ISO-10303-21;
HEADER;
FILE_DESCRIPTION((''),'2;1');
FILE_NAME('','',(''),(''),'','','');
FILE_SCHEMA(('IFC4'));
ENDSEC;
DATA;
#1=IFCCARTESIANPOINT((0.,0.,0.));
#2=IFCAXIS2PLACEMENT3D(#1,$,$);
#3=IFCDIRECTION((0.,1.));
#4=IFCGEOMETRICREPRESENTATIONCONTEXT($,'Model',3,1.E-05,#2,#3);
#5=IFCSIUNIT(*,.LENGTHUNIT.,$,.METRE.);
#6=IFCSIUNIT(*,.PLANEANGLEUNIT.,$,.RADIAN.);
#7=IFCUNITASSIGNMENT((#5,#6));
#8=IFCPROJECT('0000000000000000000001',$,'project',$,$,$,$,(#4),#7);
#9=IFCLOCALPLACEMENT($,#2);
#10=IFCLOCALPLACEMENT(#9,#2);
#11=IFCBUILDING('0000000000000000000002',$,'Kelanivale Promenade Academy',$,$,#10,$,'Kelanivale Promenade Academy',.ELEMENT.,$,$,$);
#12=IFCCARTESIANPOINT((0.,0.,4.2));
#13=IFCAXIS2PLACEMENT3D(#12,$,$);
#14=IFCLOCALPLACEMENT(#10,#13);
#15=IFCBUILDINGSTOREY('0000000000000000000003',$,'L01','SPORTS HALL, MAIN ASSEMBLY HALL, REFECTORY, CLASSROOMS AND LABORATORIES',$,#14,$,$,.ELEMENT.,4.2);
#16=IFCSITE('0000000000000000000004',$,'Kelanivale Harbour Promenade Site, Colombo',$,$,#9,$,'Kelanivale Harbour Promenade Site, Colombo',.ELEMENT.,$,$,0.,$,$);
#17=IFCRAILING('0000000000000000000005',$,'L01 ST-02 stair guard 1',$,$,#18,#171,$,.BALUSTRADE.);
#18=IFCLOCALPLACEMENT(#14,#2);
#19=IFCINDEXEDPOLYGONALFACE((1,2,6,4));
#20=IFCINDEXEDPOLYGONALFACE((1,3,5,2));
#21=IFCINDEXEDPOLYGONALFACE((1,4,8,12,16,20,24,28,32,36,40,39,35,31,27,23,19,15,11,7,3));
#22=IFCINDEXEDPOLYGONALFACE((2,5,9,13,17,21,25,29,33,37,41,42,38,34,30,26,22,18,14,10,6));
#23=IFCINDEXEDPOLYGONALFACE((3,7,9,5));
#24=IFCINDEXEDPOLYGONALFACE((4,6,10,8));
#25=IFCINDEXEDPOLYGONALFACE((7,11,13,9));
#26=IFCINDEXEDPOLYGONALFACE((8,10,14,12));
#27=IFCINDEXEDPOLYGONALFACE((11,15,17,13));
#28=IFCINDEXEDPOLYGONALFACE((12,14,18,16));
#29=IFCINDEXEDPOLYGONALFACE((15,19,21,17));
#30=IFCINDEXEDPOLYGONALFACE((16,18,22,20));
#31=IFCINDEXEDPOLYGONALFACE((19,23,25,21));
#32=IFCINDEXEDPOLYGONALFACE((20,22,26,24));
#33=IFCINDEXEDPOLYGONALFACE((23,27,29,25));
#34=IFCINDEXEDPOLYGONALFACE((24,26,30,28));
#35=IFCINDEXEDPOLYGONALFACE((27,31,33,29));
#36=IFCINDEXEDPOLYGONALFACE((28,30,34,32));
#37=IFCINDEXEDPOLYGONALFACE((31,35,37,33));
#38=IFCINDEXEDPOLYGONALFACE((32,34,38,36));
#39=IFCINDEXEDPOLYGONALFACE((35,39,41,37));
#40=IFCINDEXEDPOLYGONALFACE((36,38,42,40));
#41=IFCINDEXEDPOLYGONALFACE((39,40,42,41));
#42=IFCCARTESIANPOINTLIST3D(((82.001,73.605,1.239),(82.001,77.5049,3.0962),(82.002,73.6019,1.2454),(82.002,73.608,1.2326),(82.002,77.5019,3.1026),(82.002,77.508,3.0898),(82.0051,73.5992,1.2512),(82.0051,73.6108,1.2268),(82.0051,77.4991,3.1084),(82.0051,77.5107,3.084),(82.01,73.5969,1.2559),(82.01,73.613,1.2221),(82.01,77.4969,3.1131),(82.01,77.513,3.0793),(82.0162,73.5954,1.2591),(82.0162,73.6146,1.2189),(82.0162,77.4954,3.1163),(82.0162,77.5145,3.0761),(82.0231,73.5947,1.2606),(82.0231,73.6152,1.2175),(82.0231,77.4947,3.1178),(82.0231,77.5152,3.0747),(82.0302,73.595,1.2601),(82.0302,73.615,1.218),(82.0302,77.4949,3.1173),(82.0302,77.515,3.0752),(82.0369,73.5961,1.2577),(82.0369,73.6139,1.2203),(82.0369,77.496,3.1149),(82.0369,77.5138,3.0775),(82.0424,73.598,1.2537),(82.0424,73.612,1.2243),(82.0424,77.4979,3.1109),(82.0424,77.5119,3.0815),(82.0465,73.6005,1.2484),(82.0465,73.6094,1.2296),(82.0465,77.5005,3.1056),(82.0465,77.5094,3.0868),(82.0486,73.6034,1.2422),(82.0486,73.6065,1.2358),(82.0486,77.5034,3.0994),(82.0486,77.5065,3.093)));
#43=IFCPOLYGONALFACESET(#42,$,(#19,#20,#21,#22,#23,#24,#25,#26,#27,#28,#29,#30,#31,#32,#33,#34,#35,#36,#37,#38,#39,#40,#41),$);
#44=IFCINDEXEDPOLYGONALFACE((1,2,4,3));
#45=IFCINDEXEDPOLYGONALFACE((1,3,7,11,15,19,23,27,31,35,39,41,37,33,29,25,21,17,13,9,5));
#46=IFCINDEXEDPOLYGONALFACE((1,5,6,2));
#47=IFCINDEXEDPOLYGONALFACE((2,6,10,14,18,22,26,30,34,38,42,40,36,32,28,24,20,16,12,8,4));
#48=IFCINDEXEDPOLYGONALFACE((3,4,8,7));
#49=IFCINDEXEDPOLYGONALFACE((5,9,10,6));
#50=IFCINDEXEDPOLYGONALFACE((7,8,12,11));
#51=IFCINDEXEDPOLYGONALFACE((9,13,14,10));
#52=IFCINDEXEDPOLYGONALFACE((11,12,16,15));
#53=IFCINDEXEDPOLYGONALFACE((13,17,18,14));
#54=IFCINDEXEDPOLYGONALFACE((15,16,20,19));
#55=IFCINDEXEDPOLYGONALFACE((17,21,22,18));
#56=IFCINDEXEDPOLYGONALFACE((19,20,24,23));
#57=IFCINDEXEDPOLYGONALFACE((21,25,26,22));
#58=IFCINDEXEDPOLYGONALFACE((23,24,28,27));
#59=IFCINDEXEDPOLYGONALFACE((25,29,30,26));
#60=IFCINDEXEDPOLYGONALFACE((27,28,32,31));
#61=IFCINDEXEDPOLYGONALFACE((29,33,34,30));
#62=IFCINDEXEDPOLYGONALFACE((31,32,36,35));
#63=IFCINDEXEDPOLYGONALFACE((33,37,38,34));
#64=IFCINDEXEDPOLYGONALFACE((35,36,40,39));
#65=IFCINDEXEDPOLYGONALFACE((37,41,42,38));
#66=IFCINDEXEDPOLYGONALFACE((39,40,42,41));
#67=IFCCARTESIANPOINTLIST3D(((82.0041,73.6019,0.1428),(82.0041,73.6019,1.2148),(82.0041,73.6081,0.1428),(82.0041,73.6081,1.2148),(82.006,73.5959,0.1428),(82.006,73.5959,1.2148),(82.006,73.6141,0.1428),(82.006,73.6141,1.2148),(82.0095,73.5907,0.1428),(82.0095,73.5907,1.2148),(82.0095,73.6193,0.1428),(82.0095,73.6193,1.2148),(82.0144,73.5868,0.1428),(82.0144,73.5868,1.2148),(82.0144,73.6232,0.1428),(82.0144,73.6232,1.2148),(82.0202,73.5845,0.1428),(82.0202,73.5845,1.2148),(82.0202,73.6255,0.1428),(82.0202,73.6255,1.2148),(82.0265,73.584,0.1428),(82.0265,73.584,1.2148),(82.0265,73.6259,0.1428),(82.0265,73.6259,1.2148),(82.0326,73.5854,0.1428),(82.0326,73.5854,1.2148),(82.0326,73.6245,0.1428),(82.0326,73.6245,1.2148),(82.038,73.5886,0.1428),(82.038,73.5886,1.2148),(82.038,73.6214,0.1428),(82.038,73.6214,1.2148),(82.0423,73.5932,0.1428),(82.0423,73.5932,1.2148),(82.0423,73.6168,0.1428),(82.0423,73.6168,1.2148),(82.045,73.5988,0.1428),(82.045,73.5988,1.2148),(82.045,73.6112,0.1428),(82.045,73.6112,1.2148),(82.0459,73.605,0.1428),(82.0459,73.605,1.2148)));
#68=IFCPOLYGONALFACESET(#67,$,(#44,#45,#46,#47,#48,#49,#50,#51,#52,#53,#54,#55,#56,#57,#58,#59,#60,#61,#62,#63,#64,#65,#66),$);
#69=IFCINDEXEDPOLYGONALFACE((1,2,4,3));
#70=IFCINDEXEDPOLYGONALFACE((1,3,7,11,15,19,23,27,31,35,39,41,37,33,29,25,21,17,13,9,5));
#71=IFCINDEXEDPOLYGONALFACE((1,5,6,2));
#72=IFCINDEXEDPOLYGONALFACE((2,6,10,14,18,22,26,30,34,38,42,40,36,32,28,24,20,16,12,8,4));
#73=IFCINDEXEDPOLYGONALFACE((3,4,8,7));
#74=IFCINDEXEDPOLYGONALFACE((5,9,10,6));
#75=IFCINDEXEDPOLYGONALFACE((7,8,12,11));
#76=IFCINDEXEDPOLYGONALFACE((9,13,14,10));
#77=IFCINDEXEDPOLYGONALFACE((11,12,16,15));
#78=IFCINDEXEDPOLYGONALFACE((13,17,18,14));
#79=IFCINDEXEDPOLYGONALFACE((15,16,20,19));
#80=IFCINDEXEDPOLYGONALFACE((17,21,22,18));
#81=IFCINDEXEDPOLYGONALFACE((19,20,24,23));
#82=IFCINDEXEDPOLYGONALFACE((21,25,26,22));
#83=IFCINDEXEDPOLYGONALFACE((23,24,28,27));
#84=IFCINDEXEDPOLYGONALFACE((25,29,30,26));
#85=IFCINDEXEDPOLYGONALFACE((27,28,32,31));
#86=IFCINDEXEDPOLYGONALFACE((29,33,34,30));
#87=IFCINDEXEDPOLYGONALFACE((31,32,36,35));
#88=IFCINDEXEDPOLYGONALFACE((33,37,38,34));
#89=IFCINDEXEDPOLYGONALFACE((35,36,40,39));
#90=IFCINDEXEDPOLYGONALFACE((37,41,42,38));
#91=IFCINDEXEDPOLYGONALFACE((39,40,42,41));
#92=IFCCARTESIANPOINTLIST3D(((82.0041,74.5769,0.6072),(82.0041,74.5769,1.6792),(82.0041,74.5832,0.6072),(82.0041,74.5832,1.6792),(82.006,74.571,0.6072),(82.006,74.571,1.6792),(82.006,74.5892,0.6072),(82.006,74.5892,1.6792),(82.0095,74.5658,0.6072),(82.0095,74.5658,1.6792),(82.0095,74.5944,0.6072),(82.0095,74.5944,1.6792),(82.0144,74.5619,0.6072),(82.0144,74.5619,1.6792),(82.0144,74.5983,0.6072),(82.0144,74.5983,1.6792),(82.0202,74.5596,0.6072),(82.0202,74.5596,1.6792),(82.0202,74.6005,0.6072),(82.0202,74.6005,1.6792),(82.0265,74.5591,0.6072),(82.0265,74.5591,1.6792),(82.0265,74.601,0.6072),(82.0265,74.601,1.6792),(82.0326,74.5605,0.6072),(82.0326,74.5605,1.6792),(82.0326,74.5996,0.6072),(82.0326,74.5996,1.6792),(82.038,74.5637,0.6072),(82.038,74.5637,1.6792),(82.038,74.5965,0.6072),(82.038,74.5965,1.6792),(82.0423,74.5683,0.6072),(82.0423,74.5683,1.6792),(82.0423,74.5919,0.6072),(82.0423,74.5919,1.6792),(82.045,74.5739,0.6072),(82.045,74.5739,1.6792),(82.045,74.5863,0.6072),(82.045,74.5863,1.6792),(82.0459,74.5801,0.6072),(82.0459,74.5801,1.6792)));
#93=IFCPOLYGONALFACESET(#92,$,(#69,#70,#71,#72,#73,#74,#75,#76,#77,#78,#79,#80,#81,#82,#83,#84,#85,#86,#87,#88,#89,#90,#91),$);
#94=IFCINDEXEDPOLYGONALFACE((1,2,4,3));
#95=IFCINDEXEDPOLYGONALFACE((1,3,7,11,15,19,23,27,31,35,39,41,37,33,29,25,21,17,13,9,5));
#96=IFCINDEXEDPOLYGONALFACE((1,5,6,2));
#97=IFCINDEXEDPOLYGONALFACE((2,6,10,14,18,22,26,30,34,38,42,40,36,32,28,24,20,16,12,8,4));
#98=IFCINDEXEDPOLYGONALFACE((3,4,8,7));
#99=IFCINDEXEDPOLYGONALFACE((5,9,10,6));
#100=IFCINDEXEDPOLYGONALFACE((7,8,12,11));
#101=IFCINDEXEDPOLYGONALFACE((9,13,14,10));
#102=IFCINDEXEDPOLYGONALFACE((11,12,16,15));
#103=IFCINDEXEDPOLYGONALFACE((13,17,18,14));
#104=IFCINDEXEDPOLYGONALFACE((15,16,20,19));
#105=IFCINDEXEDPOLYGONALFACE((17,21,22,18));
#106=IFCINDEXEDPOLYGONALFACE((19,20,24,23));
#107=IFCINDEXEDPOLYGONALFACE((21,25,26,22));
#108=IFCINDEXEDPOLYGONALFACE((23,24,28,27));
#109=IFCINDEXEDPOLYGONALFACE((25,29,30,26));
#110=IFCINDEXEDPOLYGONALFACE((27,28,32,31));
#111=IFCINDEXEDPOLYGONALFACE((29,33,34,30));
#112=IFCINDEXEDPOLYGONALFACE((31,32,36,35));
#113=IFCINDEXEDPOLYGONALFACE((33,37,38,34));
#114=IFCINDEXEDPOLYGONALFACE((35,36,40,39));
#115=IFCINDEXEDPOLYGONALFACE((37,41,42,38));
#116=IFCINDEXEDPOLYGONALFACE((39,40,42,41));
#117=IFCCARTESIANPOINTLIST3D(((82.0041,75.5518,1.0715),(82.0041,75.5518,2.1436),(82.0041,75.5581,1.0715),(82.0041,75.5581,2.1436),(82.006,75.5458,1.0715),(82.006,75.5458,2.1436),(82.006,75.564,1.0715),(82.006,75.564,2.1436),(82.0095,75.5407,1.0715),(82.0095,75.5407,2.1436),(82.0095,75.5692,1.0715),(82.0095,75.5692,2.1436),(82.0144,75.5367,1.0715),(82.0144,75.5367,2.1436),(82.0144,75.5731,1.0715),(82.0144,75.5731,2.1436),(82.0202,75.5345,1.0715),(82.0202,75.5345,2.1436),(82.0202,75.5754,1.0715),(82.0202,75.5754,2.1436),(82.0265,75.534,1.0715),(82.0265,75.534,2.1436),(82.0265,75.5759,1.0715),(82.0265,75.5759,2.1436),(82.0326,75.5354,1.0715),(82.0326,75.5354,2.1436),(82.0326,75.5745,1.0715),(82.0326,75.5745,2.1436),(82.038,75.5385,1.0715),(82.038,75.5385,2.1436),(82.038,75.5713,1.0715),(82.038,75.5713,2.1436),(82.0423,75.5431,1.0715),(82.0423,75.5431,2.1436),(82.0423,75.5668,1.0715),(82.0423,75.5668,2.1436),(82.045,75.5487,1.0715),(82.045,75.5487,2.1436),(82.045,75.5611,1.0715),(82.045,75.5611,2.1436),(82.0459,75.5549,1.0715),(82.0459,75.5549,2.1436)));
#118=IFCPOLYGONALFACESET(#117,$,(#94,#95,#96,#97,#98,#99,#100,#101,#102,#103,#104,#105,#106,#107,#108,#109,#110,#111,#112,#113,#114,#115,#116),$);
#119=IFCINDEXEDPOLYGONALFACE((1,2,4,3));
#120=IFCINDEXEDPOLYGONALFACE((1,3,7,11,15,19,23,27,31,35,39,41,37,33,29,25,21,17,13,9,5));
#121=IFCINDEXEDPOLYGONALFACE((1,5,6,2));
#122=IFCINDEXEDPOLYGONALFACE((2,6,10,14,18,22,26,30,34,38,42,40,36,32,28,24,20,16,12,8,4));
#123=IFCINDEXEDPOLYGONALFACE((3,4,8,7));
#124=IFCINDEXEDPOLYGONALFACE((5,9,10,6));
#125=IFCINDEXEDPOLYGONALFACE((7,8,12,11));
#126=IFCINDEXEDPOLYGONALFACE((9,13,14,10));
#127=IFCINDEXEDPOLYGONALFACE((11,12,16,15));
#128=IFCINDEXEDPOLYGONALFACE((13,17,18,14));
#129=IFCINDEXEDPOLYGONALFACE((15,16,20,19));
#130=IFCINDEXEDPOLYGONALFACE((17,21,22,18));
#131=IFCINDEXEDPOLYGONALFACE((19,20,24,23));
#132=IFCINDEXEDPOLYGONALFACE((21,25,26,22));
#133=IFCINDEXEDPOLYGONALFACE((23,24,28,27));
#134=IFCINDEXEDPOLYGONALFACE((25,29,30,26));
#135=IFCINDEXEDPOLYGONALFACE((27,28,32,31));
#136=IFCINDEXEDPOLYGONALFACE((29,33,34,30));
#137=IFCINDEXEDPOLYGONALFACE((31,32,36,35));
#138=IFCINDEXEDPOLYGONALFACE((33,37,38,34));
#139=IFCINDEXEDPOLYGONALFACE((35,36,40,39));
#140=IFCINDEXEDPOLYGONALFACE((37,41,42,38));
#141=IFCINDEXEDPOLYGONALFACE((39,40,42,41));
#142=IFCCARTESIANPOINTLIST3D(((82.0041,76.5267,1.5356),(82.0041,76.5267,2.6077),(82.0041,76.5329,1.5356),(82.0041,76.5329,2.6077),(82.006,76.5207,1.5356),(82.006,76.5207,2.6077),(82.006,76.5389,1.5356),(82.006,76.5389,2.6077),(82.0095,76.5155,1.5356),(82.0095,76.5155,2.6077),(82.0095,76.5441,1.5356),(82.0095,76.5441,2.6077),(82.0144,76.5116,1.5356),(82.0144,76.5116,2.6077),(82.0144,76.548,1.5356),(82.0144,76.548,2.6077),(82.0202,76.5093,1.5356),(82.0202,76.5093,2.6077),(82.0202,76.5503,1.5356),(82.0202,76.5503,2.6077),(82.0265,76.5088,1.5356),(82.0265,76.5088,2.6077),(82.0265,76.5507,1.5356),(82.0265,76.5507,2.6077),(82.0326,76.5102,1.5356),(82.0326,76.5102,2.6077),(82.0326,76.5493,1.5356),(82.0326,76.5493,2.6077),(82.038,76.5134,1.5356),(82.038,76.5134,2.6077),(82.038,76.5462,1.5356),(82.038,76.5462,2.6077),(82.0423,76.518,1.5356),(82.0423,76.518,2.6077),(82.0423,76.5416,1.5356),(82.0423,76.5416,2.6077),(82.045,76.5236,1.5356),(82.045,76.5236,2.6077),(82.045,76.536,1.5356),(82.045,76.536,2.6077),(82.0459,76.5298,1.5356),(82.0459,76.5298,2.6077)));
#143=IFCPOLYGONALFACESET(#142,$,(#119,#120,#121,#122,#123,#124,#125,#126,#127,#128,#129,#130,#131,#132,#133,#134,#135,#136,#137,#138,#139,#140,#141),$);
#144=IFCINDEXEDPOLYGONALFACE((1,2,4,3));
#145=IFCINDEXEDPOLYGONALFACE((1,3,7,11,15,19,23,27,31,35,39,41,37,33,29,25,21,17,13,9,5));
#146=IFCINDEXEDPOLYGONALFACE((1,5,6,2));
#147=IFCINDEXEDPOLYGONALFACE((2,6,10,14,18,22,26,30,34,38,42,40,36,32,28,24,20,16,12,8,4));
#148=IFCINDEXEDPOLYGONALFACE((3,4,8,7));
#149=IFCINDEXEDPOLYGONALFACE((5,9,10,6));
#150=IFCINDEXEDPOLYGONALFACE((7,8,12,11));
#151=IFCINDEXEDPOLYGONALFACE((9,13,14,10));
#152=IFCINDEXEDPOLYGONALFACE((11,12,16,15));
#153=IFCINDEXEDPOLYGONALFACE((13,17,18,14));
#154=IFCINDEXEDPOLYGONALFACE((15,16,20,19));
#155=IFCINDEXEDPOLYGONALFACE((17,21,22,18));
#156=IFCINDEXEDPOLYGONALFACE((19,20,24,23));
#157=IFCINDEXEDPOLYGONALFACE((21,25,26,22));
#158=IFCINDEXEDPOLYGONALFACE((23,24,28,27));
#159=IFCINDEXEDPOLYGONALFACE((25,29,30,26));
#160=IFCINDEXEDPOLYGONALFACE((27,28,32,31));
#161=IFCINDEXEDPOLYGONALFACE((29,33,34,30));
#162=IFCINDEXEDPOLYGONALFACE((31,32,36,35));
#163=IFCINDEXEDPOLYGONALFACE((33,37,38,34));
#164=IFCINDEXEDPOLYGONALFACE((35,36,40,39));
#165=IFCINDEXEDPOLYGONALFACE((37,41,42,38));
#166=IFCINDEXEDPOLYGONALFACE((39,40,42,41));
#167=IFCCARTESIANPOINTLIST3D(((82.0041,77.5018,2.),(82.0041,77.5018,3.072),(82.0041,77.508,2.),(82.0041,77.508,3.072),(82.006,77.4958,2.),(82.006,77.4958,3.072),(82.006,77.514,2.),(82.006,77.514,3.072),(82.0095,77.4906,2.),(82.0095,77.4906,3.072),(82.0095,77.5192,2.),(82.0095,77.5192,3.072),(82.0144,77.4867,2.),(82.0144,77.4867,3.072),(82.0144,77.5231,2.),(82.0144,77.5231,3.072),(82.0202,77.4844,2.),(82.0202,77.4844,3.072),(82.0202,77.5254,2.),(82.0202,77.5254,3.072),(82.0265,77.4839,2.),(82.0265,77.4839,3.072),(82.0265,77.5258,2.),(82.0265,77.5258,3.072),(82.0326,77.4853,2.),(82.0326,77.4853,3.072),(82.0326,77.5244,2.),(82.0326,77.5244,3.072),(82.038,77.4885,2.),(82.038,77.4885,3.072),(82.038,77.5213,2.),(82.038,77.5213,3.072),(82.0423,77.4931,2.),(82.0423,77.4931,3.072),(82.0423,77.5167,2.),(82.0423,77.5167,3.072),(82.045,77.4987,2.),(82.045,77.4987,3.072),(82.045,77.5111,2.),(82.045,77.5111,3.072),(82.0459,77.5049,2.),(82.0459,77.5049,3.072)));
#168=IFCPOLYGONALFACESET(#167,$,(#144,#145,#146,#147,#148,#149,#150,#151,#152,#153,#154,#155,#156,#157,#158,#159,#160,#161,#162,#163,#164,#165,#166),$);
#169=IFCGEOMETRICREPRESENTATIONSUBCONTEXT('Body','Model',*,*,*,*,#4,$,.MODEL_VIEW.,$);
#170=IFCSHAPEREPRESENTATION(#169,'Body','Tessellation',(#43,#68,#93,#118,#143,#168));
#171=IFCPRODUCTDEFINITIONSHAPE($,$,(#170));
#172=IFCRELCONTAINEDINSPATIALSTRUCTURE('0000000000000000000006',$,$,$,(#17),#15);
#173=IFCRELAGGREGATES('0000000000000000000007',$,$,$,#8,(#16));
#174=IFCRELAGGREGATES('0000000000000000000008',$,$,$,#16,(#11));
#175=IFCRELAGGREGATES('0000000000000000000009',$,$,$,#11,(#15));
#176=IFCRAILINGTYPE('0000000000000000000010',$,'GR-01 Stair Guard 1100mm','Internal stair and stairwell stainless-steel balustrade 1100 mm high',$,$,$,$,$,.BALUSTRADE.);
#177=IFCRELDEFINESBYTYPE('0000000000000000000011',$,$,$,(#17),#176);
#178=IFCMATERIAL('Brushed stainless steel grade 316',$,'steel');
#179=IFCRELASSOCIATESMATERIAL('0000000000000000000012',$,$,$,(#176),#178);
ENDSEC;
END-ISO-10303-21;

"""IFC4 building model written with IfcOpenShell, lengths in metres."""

from ifc_helpers import new_model, si_unit, direction, frame, origin, origin_2d, place, context, subcontext, project, spatial, circle, extrude, material, type_object, element, save


model = new_model("IFC4")

# Units and contexts
model_context = context("Model", 3, precision=1e-05, world=origin(), true_north=direction((0.0, 1.0)))
body_context = subcontext(model_context, "Body", "Model", "MODEL_VIEW")
ifc_project = project(units=[si_unit("LENGTHUNIT", "METRE"), si_unit("PLANEANGLEUNIT", "RADIAN")], contexts=[model_context])

# Site, building, storey
site_placement = place(None, origin())
site = spatial("IfcSite", under=ifc_project, at=site_placement, Name="Kelanivale Harbour Promenade Site, Colombo", LongName="Kelanivale Harbour Promenade Site, Colombo", CompositionType="ELEMENT", RefElevation=0.0)
building_placement = place(site_placement, origin())
building = spatial("IfcBuilding", under=site, at=building_placement, Name="Kelanivale Promenade Academy", LongName="Kelanivale Promenade Academy", CompositionType="ELEMENT")
storey_placement = place(building_placement, frame((0.0, 0.0, 4.2)))
storey = spatial("IfcBuildingStorey", under=building, at=storey_placement, Name="L01", Description="SPORTS HALL, MAIN ASSEMBLY HALL, REFECTORY, CLASSROOMS AND LABORATORIES", CompositionType="ELEMENT", Elevation=4.2)

# Railing
ifc_material_1 = material(Name="Brushed stainless steel grade 316", Category="steel")
railing_type_1 = type_object("IfcRailingType", Name="GR-01 Stair Guard 1100mm", Description="Internal stair and stairwell stainless-steel balustrade 1100 mm high", PredefinedType="BALUSTRADE", material=ifc_material_1)
railing_1_placement = place(storey_placement, frame((82.0249, 73.605, 0.1428)))
element("IfcRailing", 1, at=railing_1_placement, inside=storey, type_object=railing_type_1, Name="L01 ST-02 stair guard 1", PredefinedType="BALUSTRADE", context=body_context, shape_type="SweptSolid", body=[
    extrude(circle(Radius=0.0239, at=origin_2d()), frame((0.0, 0.0, 1.0962), z_axis=(0.0, 0.902853, 0.429949), x_axis=(-1.0, 0.0, 0.0)), (0.0, 0.0, 1.0), 4.3196),
    extrude(circle(Radius=0.021, at=origin_2d()), origin(), (0.0, 0.0, 1.0), 1.072),
    extrude(circle(Radius=0.021, at=origin_2d()), frame((0.0, 0.9751, 0.4644)), (0.0, 0.0, 1.0), 1.072),
    extrude(circle(Radius=0.021, at=origin_2d()), frame((0.0, 1.95, 0.9287)), (0.0, 0.0, 1.0), 1.072),
    extrude(circle(Radius=0.021, at=origin_2d()), frame((0.0, 2.9248, 1.3928)), (0.0, 0.0, 1.0), 1.072),
    extrude(circle(Radius=0.021, at=origin_2d()), frame((0.0, 3.8999, 1.8572)), (0.0, 0.0, 1.0), 1.072),
])

save(model, "model.ifc")
